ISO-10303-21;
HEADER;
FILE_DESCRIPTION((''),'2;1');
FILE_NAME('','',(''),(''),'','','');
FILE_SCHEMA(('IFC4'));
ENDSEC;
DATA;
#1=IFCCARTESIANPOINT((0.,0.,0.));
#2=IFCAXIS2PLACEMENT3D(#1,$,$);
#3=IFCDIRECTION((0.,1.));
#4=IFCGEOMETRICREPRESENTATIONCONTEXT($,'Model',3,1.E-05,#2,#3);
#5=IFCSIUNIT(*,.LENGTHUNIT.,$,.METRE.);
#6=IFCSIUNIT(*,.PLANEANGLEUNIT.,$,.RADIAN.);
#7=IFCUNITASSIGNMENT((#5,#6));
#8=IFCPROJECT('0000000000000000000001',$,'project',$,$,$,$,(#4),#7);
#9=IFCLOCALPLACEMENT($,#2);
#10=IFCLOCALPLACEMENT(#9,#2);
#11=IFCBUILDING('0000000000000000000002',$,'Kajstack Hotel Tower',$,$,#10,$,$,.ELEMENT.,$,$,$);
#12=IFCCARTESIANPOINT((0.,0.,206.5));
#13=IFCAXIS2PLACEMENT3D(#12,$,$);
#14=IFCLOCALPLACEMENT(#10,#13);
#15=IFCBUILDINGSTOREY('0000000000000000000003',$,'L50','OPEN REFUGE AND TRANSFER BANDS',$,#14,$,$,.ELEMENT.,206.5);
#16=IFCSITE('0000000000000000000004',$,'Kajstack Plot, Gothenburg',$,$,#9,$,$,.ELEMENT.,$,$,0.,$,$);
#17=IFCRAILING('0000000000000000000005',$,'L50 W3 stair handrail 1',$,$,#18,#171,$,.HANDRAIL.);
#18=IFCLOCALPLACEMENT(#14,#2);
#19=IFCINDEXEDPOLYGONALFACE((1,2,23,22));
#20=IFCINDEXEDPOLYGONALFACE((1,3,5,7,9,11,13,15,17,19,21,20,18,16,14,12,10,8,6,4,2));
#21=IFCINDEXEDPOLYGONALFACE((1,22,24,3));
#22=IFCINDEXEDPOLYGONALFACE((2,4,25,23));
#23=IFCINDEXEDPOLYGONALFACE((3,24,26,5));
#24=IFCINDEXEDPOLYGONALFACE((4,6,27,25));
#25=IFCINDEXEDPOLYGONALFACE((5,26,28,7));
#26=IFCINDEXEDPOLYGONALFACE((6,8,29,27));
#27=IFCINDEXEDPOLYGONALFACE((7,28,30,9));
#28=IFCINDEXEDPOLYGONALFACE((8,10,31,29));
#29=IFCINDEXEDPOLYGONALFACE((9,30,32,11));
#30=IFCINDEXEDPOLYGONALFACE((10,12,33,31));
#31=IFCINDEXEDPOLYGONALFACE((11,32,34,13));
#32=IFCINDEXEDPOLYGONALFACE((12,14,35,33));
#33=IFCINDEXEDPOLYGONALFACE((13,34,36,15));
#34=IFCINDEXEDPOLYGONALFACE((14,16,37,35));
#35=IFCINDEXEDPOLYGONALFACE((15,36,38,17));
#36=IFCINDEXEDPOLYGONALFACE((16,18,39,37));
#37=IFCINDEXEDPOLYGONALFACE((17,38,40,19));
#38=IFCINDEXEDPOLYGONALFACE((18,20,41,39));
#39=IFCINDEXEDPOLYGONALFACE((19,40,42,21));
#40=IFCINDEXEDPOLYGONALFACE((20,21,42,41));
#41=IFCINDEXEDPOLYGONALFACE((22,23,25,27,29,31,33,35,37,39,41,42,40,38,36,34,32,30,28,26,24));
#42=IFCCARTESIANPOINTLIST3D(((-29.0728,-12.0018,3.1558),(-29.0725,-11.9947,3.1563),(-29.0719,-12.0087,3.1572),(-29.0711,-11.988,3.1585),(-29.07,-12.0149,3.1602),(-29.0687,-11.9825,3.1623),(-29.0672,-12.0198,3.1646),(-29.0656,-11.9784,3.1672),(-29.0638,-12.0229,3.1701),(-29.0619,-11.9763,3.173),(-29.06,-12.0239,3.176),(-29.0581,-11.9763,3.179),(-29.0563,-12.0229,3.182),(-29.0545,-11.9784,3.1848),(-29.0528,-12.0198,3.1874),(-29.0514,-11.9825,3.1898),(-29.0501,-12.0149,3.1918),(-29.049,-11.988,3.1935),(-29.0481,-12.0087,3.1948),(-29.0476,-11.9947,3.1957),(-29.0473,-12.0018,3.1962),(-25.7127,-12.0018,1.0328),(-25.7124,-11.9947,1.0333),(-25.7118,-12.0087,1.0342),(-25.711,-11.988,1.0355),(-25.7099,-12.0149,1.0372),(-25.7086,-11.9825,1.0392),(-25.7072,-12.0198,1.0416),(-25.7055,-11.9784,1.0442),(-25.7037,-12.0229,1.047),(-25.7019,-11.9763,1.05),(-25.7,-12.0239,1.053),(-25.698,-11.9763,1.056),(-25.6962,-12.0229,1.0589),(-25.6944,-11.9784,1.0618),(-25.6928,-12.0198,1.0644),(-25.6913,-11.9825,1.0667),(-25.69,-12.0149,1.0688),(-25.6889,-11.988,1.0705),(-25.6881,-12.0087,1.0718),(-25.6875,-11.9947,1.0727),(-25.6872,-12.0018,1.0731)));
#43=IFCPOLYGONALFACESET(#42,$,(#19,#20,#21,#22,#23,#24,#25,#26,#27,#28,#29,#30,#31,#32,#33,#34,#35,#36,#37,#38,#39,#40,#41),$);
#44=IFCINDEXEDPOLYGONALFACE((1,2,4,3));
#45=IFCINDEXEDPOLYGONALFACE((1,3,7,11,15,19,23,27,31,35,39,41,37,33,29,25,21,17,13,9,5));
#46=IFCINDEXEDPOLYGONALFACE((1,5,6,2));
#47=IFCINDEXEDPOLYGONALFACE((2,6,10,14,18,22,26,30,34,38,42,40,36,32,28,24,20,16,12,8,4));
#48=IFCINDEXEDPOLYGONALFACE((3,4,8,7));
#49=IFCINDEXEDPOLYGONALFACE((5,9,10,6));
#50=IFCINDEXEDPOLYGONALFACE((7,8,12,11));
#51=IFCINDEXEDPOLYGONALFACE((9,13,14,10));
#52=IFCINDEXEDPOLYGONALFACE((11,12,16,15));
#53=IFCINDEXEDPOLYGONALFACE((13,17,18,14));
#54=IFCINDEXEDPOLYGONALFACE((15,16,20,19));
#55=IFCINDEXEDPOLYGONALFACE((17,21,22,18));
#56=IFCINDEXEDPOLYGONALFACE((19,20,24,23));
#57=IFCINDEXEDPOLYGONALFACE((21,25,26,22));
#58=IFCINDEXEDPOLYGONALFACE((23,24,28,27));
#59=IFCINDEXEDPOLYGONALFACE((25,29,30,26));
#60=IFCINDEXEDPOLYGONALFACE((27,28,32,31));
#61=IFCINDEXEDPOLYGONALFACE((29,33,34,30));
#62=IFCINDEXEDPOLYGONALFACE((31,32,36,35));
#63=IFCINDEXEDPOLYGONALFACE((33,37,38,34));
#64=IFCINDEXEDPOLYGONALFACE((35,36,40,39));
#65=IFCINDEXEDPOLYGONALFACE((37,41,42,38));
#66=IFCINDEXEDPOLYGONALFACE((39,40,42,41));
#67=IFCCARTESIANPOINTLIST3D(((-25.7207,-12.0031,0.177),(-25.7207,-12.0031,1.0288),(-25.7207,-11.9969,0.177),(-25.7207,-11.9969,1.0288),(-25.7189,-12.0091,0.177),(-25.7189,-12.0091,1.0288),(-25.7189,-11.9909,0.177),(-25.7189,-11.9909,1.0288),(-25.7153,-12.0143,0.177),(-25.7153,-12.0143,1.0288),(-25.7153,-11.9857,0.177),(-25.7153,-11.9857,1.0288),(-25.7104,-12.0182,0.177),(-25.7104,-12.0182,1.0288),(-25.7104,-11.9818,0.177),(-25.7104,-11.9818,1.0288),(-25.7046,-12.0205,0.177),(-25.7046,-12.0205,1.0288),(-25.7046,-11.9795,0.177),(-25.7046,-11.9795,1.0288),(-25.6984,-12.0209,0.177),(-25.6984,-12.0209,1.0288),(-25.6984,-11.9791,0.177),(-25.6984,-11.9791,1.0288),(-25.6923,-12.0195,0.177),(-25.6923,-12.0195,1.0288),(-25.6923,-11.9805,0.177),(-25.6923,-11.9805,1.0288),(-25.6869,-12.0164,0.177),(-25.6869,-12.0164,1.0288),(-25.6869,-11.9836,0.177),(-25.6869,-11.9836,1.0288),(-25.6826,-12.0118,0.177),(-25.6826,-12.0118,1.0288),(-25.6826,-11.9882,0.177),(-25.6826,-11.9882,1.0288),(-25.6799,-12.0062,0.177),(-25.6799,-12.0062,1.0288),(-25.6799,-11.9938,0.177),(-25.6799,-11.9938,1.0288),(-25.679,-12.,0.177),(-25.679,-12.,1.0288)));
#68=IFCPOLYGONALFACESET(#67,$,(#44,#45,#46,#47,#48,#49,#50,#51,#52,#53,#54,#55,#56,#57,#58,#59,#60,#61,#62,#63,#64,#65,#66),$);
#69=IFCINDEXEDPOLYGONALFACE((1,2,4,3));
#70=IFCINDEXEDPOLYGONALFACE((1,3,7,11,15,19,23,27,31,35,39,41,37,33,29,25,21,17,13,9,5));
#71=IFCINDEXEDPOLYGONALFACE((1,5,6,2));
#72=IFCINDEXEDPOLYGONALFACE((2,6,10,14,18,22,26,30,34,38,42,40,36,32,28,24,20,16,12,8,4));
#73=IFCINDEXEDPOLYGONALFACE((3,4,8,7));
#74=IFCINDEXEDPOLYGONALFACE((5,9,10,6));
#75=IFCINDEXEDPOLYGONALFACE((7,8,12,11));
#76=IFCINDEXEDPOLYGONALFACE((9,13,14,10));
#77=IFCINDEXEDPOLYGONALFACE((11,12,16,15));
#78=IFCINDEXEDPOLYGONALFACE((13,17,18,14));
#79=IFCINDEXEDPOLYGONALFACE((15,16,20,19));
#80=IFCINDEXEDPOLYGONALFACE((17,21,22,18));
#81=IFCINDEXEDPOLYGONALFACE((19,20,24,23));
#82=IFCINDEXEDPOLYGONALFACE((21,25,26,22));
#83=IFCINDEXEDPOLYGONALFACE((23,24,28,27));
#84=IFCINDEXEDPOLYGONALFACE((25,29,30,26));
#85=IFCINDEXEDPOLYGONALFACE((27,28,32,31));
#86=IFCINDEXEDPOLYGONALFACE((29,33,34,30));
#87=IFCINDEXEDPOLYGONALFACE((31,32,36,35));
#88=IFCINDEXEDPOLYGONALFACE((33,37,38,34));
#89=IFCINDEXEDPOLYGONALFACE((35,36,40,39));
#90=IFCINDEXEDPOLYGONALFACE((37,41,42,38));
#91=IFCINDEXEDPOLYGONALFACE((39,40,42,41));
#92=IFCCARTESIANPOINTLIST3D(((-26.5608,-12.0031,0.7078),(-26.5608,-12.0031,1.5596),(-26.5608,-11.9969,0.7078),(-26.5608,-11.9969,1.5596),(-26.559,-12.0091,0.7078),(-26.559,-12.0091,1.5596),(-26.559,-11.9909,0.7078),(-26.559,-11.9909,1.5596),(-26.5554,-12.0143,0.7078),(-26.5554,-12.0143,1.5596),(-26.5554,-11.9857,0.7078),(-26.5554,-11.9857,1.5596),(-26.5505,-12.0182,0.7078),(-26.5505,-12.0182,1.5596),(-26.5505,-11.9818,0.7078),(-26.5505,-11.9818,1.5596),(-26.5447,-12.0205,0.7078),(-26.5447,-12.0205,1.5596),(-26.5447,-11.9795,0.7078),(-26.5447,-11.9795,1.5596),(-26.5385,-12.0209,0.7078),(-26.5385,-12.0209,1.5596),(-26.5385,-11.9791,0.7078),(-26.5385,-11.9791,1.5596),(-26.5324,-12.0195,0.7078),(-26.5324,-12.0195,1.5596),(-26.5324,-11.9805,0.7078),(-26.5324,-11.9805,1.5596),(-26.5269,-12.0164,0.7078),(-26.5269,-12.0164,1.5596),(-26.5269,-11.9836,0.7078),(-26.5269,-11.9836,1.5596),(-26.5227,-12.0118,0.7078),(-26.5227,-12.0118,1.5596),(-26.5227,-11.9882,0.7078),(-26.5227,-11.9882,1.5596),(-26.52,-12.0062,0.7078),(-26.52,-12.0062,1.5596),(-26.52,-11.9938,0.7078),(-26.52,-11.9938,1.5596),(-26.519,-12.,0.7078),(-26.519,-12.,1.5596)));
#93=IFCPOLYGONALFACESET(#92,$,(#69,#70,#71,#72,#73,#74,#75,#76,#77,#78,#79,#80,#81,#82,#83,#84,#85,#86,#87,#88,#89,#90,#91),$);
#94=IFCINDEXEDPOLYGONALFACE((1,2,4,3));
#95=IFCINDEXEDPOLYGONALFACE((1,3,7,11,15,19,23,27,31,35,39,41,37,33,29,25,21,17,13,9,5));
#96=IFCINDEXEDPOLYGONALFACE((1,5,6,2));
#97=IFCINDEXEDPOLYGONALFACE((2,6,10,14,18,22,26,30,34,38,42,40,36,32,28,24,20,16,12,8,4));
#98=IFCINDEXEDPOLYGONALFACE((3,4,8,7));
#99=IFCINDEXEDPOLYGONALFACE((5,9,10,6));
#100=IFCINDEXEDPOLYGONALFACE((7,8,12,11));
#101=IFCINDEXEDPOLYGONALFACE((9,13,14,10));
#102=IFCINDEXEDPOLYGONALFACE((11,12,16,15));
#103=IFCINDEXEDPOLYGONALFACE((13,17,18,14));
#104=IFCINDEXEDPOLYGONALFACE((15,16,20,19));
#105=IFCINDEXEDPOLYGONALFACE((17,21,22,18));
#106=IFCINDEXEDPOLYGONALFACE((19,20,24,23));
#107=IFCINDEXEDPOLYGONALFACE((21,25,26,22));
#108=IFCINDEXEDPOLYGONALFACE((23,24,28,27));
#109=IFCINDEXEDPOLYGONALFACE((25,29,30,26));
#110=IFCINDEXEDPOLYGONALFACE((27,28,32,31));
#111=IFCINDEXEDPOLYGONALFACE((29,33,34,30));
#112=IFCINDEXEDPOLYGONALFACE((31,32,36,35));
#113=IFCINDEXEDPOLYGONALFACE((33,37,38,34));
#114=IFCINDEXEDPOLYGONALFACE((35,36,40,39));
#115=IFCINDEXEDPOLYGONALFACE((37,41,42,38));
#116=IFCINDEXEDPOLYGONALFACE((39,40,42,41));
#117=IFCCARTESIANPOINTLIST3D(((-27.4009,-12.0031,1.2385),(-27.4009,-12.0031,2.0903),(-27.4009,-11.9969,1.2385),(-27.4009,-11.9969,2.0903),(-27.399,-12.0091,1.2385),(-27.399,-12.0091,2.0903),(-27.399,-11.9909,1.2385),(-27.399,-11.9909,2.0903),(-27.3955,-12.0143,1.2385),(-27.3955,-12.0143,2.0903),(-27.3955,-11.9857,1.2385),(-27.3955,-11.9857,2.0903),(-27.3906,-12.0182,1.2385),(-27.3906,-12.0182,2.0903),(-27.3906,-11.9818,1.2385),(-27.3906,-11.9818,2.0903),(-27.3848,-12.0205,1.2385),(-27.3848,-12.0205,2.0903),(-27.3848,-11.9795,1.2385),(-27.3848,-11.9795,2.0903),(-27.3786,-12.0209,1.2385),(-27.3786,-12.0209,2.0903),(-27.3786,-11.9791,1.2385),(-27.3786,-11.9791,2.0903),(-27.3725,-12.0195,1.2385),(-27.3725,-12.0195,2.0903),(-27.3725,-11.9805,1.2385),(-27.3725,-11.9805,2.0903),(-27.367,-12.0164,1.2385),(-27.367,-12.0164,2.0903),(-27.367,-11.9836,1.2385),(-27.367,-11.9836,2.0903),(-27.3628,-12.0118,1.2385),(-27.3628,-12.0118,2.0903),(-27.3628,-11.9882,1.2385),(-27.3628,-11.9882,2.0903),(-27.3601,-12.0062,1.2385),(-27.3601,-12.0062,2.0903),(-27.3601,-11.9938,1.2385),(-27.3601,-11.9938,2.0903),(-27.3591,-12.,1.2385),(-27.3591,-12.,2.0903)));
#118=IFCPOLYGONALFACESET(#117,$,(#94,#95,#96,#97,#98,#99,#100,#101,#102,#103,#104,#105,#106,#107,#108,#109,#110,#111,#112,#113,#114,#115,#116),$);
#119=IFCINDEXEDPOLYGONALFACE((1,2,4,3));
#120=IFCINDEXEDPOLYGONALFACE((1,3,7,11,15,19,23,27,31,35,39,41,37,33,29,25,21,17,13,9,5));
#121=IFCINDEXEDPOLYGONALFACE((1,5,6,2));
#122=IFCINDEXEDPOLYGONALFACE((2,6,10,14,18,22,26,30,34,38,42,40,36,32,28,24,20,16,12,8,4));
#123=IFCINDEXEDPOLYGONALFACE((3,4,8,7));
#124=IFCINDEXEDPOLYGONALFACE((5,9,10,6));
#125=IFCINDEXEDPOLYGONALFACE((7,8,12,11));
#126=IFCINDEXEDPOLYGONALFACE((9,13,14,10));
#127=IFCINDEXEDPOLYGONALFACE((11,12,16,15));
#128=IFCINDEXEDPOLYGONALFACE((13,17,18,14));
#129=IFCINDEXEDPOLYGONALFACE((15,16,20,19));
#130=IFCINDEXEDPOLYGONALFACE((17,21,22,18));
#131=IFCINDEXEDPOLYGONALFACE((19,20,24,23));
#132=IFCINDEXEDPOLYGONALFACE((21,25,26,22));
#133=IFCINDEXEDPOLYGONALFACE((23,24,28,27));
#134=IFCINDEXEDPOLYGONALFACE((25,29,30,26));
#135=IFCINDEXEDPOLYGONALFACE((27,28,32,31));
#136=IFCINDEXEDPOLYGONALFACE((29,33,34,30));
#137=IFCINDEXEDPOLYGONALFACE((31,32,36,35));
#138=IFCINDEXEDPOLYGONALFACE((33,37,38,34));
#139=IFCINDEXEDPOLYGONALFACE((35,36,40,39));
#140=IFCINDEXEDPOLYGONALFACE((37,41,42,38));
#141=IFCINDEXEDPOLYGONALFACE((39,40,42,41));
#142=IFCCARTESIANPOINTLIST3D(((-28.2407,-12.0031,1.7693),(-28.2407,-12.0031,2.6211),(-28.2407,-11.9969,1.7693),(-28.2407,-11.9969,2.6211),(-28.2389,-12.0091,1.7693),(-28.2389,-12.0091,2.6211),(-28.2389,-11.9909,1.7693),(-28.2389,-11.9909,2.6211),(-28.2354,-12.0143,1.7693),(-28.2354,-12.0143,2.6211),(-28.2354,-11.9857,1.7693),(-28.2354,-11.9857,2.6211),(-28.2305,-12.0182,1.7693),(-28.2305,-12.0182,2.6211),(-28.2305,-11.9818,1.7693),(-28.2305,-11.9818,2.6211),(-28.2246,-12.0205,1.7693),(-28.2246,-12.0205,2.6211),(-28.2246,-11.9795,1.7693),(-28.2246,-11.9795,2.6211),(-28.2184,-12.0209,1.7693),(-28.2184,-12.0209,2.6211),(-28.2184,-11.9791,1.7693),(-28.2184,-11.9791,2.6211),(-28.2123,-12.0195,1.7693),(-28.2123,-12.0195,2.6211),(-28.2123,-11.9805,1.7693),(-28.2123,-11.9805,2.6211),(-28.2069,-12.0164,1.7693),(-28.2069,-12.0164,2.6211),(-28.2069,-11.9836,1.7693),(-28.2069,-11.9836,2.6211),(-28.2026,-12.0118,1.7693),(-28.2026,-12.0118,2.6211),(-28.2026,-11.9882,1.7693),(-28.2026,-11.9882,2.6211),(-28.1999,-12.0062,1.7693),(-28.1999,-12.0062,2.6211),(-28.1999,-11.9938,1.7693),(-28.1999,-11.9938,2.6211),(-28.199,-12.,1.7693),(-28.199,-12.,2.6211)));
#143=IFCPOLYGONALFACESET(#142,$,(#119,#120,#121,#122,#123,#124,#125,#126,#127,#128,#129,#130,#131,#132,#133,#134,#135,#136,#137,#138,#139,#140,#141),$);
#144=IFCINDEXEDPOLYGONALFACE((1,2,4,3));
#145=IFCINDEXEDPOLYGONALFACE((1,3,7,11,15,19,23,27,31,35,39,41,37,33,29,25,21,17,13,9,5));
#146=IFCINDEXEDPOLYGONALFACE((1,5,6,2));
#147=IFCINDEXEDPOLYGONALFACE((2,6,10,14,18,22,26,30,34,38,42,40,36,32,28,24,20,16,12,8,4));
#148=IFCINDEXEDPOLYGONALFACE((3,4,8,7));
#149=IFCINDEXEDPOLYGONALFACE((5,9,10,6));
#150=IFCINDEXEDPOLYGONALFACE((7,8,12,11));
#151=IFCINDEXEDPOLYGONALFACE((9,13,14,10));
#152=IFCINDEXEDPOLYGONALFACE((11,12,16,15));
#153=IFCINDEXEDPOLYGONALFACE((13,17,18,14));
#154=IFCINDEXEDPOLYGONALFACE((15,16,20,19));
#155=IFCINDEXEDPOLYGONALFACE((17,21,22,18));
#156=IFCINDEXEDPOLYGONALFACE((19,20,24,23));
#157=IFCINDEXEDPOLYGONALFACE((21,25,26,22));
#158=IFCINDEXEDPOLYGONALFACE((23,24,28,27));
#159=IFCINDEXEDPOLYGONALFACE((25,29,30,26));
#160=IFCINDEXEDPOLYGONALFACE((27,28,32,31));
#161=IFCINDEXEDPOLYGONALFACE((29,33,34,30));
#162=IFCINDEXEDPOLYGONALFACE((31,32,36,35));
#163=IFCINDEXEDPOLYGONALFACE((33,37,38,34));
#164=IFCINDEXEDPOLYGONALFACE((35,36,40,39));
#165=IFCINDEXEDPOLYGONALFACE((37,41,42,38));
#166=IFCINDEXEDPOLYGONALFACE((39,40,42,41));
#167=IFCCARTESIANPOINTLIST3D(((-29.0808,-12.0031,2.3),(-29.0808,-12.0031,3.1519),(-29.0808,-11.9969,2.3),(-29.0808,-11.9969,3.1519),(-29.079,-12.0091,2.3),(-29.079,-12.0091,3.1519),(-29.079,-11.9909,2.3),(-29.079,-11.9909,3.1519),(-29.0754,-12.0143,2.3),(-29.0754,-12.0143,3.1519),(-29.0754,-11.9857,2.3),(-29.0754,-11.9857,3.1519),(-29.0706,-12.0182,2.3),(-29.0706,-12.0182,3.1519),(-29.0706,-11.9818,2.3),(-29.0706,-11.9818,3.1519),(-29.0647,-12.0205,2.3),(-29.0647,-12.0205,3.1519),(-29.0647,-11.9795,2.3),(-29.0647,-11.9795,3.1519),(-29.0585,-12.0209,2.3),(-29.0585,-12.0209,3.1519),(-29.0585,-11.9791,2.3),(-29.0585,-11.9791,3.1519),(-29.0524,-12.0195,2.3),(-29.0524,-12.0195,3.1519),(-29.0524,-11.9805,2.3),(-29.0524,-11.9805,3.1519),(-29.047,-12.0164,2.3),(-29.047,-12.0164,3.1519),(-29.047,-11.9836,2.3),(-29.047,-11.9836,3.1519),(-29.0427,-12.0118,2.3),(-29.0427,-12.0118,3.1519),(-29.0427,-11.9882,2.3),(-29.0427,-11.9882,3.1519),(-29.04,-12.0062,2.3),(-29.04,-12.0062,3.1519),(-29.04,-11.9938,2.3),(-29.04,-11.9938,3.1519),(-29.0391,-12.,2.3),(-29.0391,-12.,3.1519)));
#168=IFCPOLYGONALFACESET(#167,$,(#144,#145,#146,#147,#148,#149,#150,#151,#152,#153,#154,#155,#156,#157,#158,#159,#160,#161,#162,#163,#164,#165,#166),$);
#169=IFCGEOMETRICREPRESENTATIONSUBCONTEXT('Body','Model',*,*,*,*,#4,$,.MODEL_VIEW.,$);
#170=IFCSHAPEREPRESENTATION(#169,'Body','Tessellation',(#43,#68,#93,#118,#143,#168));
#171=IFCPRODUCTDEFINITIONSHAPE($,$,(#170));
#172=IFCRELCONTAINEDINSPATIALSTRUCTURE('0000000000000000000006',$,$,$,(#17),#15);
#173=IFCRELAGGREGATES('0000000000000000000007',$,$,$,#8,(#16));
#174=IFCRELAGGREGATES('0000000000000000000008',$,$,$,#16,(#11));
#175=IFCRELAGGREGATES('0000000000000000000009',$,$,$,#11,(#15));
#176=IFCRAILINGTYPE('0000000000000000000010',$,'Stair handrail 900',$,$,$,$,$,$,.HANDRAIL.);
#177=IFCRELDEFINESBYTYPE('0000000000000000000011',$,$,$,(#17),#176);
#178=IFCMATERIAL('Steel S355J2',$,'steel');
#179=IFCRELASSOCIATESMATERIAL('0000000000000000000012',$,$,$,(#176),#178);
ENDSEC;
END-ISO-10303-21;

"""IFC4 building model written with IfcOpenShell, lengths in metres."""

from ifc_helpers import new_model, si_unit, direction, frame, origin, origin_2d, place, context, subcontext, project, spatial, circle, extrude, material, type_object, element, save


model = new_model("IFC4")

# Units and contexts
model_context = context("Model", 3, precision=1e-05, world=origin(), true_north=direction((0.0, 1.0)))
body_context = subcontext(model_context, "Body", "Model", "MODEL_VIEW")
ifc_project = project(units=[si_unit("LENGTHUNIT", "METRE"), si_unit("PLANEANGLEUNIT", "RADIAN")], contexts=[model_context])

# Site, building, storey
site_placement = place(None, origin())
site = spatial("IfcSite", under=ifc_project, at=site_placement, Name="Kajstack Plot, Gothenburg", CompositionType="ELEMENT", RefElevation=0.0)
building_placement = place(site_placement, origin())
building = spatial("IfcBuilding", under=site, at=building_placement, Name="Kajstack Hotel Tower", CompositionType="ELEMENT")
storey_placement = place(building_placement, frame((0.0, 0.0, 206.5)))
storey = spatial("IfcBuildingStorey", under=building, at=storey_placement, Name="L50", Description="OPEN REFUGE AND TRANSFER BANDS", CompositionType="ELEMENT", Elevation=206.5)

# Railing
ifc_material_1 = material(Name="Steel S355J2", Category="steel")
railing_type_1 = type_object("IfcRailingType", Name="Stair handrail 900", PredefinedType="HANDRAIL", material=ifc_material_1)
railing_1_placement = place(storey_placement, frame((-25.7, -12.0, 0.177)))
element("IfcRailing", 1, at=railing_1_placement, inside=storey, type_object=railing_type_1, Name="L50 W3 stair handrail 1", PredefinedType="HANDRAIL", context=body_context, shape_type="SweptSolid", body=[
    extrude(circle(Radius=0.0239, at=origin_2d()), frame((0.0, 0.0, 0.876), z_axis=(-0.84539, 0.0, 0.53415), x_axis=(0.0, -1.0, 0.0)), (0.0, 0.0, 1.0), 3.9746),
    extrude(circle(Radius=0.021, at=origin_2d()), origin(), (0.0, 0.0, 1.0), 0.8518),
    extrude(circle(Radius=0.021, at=origin_2d()), frame((-0.8401, 0.0, 0.5308)), (0.0, 0.0, 1.0), 0.8518),
    extrude(circle(Radius=0.021, at=origin_2d()), frame((-1.6802, 0.0, 1.0615)), (0.0, 0.0, 1.0), 0.8518),
    extrude(circle(Radius=0.021, at=origin_2d()), frame((-2.52, 0.0, 1.5923)), (0.0, 0.0, 1.0), 0.8518),
    extrude(circle(Radius=0.021, at=origin_2d()), frame((-3.3601, 0.0, 2.123)), (0.0, 0.0, 1.0), 0.8518),
])

save(model, "model.ifc")
